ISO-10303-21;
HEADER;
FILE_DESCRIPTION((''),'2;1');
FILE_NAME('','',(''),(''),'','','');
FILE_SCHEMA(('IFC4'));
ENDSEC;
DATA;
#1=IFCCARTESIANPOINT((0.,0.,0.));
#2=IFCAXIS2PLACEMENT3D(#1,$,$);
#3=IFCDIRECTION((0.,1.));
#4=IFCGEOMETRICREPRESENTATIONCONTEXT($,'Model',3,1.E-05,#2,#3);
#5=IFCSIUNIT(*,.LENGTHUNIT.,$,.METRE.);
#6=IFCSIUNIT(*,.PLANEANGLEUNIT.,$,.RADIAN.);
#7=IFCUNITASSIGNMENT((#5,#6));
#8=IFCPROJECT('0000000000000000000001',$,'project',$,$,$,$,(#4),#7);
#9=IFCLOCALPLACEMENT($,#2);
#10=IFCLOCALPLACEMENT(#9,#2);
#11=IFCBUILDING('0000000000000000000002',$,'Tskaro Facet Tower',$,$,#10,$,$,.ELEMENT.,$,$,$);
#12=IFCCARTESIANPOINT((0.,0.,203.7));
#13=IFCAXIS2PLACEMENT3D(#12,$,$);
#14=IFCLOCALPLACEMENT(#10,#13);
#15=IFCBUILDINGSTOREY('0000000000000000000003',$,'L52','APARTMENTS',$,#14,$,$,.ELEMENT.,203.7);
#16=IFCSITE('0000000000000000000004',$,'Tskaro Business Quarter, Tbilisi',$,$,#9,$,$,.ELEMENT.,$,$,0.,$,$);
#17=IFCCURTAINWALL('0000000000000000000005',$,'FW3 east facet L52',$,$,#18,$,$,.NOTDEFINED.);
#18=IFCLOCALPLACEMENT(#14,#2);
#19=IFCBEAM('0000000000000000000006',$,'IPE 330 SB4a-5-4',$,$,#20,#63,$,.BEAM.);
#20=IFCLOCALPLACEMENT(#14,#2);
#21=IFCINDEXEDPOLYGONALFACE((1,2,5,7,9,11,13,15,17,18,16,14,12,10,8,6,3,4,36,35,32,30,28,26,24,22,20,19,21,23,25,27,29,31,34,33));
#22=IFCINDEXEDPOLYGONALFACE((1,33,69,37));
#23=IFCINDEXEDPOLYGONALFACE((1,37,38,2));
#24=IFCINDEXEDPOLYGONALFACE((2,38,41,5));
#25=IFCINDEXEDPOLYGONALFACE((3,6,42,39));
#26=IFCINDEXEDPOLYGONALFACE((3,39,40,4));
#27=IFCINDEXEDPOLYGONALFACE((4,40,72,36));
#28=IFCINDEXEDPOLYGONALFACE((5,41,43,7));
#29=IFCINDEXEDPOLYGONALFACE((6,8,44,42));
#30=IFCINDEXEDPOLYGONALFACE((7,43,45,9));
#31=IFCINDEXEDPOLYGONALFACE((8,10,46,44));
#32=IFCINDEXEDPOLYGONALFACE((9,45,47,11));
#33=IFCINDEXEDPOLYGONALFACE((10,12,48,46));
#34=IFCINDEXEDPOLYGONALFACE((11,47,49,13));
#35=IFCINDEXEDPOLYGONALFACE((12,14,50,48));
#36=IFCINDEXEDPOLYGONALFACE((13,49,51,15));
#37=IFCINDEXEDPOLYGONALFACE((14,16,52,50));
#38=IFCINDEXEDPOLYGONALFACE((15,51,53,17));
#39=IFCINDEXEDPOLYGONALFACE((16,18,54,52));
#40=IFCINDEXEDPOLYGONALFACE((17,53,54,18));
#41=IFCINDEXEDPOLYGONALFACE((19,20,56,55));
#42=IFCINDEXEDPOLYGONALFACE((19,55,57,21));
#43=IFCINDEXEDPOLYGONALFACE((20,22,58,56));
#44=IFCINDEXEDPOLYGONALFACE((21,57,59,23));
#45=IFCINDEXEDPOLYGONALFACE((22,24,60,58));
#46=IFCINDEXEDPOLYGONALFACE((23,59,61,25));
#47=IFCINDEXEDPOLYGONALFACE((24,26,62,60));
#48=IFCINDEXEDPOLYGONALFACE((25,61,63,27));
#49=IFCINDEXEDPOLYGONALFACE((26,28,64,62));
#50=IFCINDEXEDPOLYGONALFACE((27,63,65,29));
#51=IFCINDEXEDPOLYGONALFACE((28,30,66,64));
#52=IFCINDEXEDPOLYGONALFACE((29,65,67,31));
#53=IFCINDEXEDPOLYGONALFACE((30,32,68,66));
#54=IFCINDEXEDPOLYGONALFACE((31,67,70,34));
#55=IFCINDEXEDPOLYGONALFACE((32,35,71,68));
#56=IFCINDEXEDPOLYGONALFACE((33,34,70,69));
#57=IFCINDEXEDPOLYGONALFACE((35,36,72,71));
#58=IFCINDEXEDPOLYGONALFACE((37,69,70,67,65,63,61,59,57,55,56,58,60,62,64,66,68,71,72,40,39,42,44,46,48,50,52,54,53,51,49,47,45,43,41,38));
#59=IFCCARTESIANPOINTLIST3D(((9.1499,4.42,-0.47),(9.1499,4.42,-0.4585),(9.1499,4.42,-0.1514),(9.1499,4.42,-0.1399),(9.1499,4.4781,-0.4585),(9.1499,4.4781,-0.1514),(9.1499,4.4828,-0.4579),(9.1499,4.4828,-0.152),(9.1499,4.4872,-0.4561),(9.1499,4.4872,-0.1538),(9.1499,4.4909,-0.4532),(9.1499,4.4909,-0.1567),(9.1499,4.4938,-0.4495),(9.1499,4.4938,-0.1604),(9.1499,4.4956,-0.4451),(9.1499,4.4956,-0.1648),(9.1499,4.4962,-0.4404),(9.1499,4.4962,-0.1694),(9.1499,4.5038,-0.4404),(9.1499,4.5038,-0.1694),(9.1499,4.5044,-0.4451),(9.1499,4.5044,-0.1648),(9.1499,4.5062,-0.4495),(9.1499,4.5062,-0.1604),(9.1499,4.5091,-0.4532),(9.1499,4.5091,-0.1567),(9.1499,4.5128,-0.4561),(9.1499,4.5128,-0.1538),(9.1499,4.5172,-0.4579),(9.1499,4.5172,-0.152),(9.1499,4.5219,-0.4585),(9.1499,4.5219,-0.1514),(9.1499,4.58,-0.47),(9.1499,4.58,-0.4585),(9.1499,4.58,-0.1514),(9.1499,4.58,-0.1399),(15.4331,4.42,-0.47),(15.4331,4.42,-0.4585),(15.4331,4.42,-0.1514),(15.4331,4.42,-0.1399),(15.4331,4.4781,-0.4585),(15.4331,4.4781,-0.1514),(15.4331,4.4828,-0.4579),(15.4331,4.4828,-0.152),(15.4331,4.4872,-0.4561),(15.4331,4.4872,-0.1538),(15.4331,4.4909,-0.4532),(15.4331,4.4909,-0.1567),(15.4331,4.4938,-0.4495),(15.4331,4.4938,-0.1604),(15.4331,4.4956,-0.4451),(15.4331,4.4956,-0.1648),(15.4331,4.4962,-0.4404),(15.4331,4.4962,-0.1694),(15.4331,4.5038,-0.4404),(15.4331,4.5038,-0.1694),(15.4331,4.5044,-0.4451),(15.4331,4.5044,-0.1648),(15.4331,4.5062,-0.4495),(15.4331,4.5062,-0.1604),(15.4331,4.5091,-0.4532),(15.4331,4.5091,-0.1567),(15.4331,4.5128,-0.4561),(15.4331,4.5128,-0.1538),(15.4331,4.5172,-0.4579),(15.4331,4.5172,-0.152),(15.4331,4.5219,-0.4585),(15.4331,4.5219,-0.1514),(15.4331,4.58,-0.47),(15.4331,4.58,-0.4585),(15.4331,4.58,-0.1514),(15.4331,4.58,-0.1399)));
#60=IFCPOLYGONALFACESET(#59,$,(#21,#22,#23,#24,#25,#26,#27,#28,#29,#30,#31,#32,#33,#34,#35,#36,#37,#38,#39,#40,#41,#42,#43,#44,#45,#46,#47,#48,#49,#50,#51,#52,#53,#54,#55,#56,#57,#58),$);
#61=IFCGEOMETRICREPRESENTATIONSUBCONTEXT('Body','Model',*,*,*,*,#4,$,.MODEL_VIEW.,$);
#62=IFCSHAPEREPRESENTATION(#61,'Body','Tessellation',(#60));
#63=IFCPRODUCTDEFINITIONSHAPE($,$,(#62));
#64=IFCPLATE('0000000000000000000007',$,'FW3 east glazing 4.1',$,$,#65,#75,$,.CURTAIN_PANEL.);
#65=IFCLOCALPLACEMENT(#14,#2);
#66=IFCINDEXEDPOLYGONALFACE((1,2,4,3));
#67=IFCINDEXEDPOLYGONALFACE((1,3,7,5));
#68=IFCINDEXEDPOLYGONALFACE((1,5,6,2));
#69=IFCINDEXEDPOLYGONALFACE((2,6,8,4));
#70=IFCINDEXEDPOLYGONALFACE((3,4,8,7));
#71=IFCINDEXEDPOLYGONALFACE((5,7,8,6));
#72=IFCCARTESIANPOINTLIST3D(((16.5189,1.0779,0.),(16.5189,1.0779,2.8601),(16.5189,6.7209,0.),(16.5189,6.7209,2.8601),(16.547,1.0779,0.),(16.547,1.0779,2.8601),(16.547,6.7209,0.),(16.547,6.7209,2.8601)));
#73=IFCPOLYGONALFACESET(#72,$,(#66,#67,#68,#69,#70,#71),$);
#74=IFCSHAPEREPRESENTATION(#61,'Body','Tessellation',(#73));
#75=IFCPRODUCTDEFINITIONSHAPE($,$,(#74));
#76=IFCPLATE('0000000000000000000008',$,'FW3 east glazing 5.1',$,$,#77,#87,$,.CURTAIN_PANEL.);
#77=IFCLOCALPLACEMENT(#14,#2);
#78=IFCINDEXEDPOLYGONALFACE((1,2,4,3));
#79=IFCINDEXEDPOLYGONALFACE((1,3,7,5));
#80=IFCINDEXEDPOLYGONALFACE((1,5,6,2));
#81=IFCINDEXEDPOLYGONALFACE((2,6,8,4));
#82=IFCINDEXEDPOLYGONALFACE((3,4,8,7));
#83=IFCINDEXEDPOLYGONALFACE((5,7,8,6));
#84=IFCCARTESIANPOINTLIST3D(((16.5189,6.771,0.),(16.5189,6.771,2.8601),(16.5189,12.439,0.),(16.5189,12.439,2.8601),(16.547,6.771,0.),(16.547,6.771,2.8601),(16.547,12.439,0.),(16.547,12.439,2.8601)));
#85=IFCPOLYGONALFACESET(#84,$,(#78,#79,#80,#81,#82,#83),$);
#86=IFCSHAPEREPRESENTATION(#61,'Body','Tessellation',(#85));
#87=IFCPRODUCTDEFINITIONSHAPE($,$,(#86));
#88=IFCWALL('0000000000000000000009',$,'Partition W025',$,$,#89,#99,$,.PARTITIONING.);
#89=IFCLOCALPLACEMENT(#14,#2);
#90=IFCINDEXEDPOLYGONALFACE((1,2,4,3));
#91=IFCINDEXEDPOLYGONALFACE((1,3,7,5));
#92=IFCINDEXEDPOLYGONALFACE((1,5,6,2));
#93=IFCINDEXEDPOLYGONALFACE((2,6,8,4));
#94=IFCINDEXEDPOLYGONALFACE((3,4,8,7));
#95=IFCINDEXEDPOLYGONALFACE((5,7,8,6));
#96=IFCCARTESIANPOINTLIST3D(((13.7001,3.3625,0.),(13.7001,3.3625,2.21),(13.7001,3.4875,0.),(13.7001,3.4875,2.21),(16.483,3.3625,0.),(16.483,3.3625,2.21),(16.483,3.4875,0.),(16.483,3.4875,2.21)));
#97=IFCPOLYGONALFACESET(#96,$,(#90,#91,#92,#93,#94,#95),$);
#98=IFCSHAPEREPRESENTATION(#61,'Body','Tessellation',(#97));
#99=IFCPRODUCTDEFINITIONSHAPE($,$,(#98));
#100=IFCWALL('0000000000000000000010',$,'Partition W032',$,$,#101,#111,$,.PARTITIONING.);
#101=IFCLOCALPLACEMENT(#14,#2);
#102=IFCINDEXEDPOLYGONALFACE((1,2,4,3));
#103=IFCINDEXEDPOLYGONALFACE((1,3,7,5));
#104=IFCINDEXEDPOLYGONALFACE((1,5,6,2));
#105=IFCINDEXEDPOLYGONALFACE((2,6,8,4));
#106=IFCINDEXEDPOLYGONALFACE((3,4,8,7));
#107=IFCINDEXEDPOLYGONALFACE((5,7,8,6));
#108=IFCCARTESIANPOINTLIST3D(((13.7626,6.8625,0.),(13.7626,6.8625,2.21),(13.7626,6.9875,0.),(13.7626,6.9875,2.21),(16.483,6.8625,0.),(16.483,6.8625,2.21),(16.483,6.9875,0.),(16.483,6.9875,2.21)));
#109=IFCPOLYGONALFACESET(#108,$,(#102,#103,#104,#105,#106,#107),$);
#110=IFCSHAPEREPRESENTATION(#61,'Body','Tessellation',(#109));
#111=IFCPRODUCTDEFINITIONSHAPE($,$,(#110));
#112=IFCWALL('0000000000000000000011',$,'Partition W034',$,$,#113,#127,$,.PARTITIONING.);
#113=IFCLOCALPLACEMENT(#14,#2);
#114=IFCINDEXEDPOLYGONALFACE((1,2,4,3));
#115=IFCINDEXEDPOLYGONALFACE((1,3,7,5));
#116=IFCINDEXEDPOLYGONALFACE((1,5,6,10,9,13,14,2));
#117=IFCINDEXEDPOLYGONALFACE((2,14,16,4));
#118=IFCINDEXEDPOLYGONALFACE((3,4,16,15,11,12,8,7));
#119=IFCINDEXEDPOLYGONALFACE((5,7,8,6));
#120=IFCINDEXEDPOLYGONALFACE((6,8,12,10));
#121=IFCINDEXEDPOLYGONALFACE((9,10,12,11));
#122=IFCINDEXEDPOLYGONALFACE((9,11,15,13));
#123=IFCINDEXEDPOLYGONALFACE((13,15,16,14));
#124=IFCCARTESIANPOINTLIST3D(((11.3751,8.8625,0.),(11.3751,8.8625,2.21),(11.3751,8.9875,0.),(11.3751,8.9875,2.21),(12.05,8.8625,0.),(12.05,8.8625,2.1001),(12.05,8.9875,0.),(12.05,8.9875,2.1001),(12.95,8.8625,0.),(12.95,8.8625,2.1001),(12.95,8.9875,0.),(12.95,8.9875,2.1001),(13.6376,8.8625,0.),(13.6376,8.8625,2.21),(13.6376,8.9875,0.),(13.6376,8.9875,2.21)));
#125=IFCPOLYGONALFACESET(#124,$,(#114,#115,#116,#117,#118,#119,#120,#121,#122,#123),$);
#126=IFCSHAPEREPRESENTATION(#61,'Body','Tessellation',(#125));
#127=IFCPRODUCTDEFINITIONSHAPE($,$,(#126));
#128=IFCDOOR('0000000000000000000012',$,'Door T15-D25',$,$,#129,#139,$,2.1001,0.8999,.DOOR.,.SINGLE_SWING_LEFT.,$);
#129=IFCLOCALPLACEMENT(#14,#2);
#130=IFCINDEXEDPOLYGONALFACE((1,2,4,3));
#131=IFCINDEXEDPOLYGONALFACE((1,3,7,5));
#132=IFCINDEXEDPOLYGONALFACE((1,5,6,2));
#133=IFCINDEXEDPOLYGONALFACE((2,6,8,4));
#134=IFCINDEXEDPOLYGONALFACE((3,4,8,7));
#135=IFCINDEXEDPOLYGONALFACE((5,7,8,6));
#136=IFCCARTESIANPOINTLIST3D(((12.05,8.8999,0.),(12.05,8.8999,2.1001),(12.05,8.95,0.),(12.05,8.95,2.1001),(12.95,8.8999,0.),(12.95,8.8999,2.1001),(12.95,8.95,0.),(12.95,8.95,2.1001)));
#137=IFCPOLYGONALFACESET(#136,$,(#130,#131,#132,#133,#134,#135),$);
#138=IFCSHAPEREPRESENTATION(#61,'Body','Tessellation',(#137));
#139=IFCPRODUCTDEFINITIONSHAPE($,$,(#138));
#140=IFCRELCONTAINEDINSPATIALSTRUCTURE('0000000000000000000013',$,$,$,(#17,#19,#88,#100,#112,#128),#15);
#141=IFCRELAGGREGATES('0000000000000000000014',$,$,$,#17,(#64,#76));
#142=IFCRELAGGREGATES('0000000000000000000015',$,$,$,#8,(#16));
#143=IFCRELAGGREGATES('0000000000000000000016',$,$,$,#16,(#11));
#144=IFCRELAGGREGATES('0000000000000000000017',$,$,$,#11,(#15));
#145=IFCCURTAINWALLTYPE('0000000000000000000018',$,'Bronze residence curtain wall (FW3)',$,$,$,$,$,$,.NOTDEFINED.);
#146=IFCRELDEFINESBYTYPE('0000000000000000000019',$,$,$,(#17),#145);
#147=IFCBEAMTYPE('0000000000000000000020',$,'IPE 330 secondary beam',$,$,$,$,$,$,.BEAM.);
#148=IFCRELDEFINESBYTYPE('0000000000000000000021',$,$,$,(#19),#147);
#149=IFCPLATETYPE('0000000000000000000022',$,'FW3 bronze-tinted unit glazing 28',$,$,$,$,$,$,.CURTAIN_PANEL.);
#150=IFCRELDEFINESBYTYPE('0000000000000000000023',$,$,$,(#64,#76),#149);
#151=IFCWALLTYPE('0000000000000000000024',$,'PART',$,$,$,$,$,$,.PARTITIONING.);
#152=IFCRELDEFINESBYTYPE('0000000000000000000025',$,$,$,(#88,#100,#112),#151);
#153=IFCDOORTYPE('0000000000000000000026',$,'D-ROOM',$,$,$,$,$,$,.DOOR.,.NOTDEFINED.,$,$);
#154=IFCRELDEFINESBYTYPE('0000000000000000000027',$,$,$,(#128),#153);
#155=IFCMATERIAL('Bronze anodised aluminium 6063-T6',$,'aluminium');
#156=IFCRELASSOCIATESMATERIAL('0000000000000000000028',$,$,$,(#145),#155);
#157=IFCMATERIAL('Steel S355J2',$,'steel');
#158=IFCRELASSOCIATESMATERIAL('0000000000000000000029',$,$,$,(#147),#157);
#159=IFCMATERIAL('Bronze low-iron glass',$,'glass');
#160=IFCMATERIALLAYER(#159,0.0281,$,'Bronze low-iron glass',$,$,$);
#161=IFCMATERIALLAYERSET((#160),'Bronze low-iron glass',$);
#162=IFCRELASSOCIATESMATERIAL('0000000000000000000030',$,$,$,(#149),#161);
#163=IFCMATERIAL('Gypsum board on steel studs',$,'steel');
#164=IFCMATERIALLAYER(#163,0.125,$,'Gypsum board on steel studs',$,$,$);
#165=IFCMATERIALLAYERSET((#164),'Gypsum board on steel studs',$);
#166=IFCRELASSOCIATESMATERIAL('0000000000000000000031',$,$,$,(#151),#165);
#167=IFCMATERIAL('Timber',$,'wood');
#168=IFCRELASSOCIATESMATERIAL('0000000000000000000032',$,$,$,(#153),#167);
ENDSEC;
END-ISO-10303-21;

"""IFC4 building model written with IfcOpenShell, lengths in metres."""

from ifc_helpers import new_model, si_unit, direction, frame, frame_2d, origin, origin_2d, place, context, subcontext, project, spatial, rectangle, i_section, extrude, material, layer, layer_set, material_profile, profile_set, type_object, element, fill, aggregate, save


model = new_model("IFC4")

# Units and contexts
model_context = context("Model", 3, precision=1e-05, world=origin(), true_north=direction((0.0, 1.0)))
body_context = subcontext(model_context, "Body", "Model", "MODEL_VIEW")
ifc_project = project(units=[si_unit("LENGTHUNIT", "METRE"), si_unit("PLANEANGLEUNIT", "RADIAN")], contexts=[model_context])

# Site, building, storey
site_placement = place(None, origin())
site = spatial("IfcSite", under=ifc_project, at=site_placement, Name="Tskaro Business Quarter, Tbilisi", CompositionType="ELEMENT", RefElevation=0.0)
building_placement = place(site_placement, origin())
building = spatial("IfcBuilding", under=site, at=building_placement, Name="Tskaro Facet Tower", CompositionType="ELEMENT")
storey_placement = place(building_placement, frame((0.0, 0.0, 203.7)))
storey = spatial("IfcBuildingStorey", under=building, at=storey_placement, Name="L52", Description="APARTMENTS", CompositionType="ELEMENT", Elevation=203.7)

# Curtain wall
ifc_material_1 = material(Name="Bronze anodised aluminium 6063-T6", Category="aluminium")
curtain_wall_type = type_object("IfcCurtainWallType", Name="Bronze residence curtain wall (FW3)", PredefinedType="NOTDEFINED", material=ifc_material_1)
curtain_wall_placement = place(storey_placement, origin())
curtain_wall = element("IfcCurtainWall", 1, at=curtain_wall_placement, inside=storey, type_object=curtain_wall_type, Name="FW3 east facet L52", PredefinedType="NOTDEFINED")

# Beam
ifc_material_2 = material(Name="Steel S355J2", Category="steel")
ifc_material_profile_1 = material_profile(ifc_material_2, i_section(OverallWidth=0.1599, OverallDepth=0.3301, WebThickness=0.0076, FlangeThickness=0.0115, FilletRadius=0.0181, at=origin_2d()), Name="IPE 330")
ifc_profile_set_1 = profile_set([ifc_material_profile_1], Name="Steel S355J2")
beam_type_1 = type_object("IfcBeamType", Name="IPE 330 secondary beam", PredefinedType="BEAM", material=ifc_profile_set_1)
beam_1_placement = place(storey_placement, frame((9.1499, 4.5, -0.3049), z_axis=(1.0, 0.0, 0.0), x_axis=(0.0, 1.0, 0.0)))
element("IfcBeam", 2, at=beam_1_placement, inside=storey, type_object=beam_type_1, Name="IPE 330 SB4a-5-4", PredefinedType="BEAM", context=body_context, shape_type="SweptSolid", body=[
    extrude(i_section(OverallWidth=0.1599, OverallDepth=0.3301, WebThickness=0.0076, FlangeThickness=0.0115, FilletRadius=0.0181, at=origin_2d()), origin(), (0.0, 0.0, 1.0), 6.2832),
])

# Plates
ifc_material_3 = material(Name="Bronze low-iron glass", Category="glass")
ifc_layer_1 = layer(ifc_material_3, 0.0281, Name="Bronze low-iron glass")
ifc_layer_set_1 = layer_set([ifc_layer_1], Name="Bronze low-iron glass")
plate_type = type_object("IfcPlateType", Name="FW3 bronze-tinted unit glazing 28", PredefinedType="CURTAIN_PANEL", material=ifc_layer_set_1)
plate_1_placement = place(storey_placement, frame((16.533, 3.8994, 0.0), z_axis=(0.0, 0.0, 1.0), x_axis=(0.0, 1.0, 0.0)))
plate_1 = element("IfcPlate", 3, at=plate_1_placement, type_object=plate_type, Name="FW3 east glazing 4.1", PredefinedType="CURTAIN_PANEL", context=body_context, shape_type="SweptSolid", body=[
    extrude(rectangle(XDim=5.6431, YDim=0.0281, at=origin_2d()), origin(), (0.0, 0.0, 1.0), 2.8601),
])
plate_2_placement = place(storey_placement, frame((16.533, 9.605, 0.0), z_axis=(0.0, 0.0, 1.0), x_axis=(0.0, 1.0, 0.0)))
plate_2 = element("IfcPlate", 4, at=plate_2_placement, type_object=plate_type, Name="FW3 east glazing 5.1", PredefinedType="CURTAIN_PANEL", context=body_context, shape_type="SweptSolid", body=[
    extrude(rectangle(XDim=5.668, YDim=0.0281, at=origin_2d()), origin(), (0.0, 0.0, 1.0), 2.8601),
])
aggregate(curtain_wall, [plate_1, plate_2])

# Walls
ifc_material_4 = material(Name="Gypsum board on steel studs", Category="steel")
ifc_layer_2 = layer(ifc_material_4, 0.125, Name="Gypsum board on steel studs")
ifc_layer_set_2 = layer_set([ifc_layer_2], Name="Gypsum board on steel studs")
wall_type_1 = type_object("IfcWallType", Name="PART", PredefinedType="PARTITIONING", material=ifc_layer_set_2)
wall_1_placement = place(storey_placement, frame((13.7, 3.425, 0.0), z_axis=(0.0, 0.0, 1.0), x_axis=(1.0, 0.0, 0.0)))
element("IfcWall", 5, at=wall_1_placement, inside=storey, type_object=wall_type_1, Name="Partition W025", PredefinedType="PARTITIONING", context=body_context, shape_type="SweptSolid", body=[
    extrude(rectangle(XDim=2.783, YDim=0.125, at=frame_2d((1.3916, 0.0))), origin(), (0.0, 0.0, 1.0), 2.21),
])
wall_2_placement = place(storey_placement, frame((13.7625, 6.925, 0.0), z_axis=(0.0, 0.0, 1.0), x_axis=(1.0, 0.0, 0.0)))
element("IfcWall", 6, at=wall_2_placement, inside=storey, type_object=wall_type_1, Name="Partition W032", PredefinedType="PARTITIONING", context=body_context, shape_type="SweptSolid", body=[
    extrude(rectangle(XDim=2.7205, YDim=0.125, at=frame_2d((1.3604, 0.0))), origin(), (0.0, 0.0, 1.0), 2.21),
])

# Wall, opening, door
wall_3_placement = place(storey_placement, frame((11.375, 8.925, 0.0), z_axis=(0.0, 0.0, 1.0), x_axis=(1.0, 0.0, 0.0)))
wall_3 = element("IfcWall", 7, at=wall_3_placement, inside=storey, type_object=wall_type_1, Name="Partition W034", PredefinedType="PARTITIONING", context=body_context, shape_type="SweptSolid", body=[
    extrude(rectangle(XDim=2.2625, YDim=0.125, at=frame_2d((1.1313, 0.0))), origin(), (0.0, 0.0, 1.0), 2.21),
])
opening_1_placement = place(wall_3_placement, frame((0.675, 0.0, 0.0)))
opening_1 = element("IfcOpeningElement", 8, at=opening_1_placement, cuts=wall_3, PredefinedType="OPENING", context=body_context, shape_type="SweptSolid", body=[
    extrude(rectangle(XDim=0.8999, YDim=2.1001, at=frame_2d((0.45, 1.05))), frame((0.0, 0.0725, 0.0), z_axis=(0.0, -1.0, 0.0), x_axis=(1.0, 0.0, 0.0)), (0.0, 0.0, 1.0), 0.145),
])
ifc_material_5 = material(Name="Timber", Category="wood")
door_type_1 = type_object("IfcDoorType", Name="D-ROOM", OperationType="NOTDEFINED", PredefinedType="DOOR", material=ifc_material_5)
door_1_placement = place(opening_1_placement, origin())
door_1 = element("IfcDoor", 9, at=door_1_placement, inside=storey, type_object=door_type_1, Name="Door T15-D25", OperationType="SINGLE_SWING_LEFT", OverallHeight=2.1001, OverallWidth=0.8999, PredefinedType="DOOR", context=body_context, shape_type="SweptSolid", body=[
    extrude(rectangle(XDim=0.8999, YDim=2.1001, at=frame_2d((0.45, 1.05))), frame((0.0, 0.0249, 0.0), z_axis=(0.0, -1.0, 0.0), x_axis=(1.0, 0.0, 0.0)), (0.0, 0.0, 1.0), 0.05),
])
fill(opening_1, door_1)

save(model, "model.ifc")
